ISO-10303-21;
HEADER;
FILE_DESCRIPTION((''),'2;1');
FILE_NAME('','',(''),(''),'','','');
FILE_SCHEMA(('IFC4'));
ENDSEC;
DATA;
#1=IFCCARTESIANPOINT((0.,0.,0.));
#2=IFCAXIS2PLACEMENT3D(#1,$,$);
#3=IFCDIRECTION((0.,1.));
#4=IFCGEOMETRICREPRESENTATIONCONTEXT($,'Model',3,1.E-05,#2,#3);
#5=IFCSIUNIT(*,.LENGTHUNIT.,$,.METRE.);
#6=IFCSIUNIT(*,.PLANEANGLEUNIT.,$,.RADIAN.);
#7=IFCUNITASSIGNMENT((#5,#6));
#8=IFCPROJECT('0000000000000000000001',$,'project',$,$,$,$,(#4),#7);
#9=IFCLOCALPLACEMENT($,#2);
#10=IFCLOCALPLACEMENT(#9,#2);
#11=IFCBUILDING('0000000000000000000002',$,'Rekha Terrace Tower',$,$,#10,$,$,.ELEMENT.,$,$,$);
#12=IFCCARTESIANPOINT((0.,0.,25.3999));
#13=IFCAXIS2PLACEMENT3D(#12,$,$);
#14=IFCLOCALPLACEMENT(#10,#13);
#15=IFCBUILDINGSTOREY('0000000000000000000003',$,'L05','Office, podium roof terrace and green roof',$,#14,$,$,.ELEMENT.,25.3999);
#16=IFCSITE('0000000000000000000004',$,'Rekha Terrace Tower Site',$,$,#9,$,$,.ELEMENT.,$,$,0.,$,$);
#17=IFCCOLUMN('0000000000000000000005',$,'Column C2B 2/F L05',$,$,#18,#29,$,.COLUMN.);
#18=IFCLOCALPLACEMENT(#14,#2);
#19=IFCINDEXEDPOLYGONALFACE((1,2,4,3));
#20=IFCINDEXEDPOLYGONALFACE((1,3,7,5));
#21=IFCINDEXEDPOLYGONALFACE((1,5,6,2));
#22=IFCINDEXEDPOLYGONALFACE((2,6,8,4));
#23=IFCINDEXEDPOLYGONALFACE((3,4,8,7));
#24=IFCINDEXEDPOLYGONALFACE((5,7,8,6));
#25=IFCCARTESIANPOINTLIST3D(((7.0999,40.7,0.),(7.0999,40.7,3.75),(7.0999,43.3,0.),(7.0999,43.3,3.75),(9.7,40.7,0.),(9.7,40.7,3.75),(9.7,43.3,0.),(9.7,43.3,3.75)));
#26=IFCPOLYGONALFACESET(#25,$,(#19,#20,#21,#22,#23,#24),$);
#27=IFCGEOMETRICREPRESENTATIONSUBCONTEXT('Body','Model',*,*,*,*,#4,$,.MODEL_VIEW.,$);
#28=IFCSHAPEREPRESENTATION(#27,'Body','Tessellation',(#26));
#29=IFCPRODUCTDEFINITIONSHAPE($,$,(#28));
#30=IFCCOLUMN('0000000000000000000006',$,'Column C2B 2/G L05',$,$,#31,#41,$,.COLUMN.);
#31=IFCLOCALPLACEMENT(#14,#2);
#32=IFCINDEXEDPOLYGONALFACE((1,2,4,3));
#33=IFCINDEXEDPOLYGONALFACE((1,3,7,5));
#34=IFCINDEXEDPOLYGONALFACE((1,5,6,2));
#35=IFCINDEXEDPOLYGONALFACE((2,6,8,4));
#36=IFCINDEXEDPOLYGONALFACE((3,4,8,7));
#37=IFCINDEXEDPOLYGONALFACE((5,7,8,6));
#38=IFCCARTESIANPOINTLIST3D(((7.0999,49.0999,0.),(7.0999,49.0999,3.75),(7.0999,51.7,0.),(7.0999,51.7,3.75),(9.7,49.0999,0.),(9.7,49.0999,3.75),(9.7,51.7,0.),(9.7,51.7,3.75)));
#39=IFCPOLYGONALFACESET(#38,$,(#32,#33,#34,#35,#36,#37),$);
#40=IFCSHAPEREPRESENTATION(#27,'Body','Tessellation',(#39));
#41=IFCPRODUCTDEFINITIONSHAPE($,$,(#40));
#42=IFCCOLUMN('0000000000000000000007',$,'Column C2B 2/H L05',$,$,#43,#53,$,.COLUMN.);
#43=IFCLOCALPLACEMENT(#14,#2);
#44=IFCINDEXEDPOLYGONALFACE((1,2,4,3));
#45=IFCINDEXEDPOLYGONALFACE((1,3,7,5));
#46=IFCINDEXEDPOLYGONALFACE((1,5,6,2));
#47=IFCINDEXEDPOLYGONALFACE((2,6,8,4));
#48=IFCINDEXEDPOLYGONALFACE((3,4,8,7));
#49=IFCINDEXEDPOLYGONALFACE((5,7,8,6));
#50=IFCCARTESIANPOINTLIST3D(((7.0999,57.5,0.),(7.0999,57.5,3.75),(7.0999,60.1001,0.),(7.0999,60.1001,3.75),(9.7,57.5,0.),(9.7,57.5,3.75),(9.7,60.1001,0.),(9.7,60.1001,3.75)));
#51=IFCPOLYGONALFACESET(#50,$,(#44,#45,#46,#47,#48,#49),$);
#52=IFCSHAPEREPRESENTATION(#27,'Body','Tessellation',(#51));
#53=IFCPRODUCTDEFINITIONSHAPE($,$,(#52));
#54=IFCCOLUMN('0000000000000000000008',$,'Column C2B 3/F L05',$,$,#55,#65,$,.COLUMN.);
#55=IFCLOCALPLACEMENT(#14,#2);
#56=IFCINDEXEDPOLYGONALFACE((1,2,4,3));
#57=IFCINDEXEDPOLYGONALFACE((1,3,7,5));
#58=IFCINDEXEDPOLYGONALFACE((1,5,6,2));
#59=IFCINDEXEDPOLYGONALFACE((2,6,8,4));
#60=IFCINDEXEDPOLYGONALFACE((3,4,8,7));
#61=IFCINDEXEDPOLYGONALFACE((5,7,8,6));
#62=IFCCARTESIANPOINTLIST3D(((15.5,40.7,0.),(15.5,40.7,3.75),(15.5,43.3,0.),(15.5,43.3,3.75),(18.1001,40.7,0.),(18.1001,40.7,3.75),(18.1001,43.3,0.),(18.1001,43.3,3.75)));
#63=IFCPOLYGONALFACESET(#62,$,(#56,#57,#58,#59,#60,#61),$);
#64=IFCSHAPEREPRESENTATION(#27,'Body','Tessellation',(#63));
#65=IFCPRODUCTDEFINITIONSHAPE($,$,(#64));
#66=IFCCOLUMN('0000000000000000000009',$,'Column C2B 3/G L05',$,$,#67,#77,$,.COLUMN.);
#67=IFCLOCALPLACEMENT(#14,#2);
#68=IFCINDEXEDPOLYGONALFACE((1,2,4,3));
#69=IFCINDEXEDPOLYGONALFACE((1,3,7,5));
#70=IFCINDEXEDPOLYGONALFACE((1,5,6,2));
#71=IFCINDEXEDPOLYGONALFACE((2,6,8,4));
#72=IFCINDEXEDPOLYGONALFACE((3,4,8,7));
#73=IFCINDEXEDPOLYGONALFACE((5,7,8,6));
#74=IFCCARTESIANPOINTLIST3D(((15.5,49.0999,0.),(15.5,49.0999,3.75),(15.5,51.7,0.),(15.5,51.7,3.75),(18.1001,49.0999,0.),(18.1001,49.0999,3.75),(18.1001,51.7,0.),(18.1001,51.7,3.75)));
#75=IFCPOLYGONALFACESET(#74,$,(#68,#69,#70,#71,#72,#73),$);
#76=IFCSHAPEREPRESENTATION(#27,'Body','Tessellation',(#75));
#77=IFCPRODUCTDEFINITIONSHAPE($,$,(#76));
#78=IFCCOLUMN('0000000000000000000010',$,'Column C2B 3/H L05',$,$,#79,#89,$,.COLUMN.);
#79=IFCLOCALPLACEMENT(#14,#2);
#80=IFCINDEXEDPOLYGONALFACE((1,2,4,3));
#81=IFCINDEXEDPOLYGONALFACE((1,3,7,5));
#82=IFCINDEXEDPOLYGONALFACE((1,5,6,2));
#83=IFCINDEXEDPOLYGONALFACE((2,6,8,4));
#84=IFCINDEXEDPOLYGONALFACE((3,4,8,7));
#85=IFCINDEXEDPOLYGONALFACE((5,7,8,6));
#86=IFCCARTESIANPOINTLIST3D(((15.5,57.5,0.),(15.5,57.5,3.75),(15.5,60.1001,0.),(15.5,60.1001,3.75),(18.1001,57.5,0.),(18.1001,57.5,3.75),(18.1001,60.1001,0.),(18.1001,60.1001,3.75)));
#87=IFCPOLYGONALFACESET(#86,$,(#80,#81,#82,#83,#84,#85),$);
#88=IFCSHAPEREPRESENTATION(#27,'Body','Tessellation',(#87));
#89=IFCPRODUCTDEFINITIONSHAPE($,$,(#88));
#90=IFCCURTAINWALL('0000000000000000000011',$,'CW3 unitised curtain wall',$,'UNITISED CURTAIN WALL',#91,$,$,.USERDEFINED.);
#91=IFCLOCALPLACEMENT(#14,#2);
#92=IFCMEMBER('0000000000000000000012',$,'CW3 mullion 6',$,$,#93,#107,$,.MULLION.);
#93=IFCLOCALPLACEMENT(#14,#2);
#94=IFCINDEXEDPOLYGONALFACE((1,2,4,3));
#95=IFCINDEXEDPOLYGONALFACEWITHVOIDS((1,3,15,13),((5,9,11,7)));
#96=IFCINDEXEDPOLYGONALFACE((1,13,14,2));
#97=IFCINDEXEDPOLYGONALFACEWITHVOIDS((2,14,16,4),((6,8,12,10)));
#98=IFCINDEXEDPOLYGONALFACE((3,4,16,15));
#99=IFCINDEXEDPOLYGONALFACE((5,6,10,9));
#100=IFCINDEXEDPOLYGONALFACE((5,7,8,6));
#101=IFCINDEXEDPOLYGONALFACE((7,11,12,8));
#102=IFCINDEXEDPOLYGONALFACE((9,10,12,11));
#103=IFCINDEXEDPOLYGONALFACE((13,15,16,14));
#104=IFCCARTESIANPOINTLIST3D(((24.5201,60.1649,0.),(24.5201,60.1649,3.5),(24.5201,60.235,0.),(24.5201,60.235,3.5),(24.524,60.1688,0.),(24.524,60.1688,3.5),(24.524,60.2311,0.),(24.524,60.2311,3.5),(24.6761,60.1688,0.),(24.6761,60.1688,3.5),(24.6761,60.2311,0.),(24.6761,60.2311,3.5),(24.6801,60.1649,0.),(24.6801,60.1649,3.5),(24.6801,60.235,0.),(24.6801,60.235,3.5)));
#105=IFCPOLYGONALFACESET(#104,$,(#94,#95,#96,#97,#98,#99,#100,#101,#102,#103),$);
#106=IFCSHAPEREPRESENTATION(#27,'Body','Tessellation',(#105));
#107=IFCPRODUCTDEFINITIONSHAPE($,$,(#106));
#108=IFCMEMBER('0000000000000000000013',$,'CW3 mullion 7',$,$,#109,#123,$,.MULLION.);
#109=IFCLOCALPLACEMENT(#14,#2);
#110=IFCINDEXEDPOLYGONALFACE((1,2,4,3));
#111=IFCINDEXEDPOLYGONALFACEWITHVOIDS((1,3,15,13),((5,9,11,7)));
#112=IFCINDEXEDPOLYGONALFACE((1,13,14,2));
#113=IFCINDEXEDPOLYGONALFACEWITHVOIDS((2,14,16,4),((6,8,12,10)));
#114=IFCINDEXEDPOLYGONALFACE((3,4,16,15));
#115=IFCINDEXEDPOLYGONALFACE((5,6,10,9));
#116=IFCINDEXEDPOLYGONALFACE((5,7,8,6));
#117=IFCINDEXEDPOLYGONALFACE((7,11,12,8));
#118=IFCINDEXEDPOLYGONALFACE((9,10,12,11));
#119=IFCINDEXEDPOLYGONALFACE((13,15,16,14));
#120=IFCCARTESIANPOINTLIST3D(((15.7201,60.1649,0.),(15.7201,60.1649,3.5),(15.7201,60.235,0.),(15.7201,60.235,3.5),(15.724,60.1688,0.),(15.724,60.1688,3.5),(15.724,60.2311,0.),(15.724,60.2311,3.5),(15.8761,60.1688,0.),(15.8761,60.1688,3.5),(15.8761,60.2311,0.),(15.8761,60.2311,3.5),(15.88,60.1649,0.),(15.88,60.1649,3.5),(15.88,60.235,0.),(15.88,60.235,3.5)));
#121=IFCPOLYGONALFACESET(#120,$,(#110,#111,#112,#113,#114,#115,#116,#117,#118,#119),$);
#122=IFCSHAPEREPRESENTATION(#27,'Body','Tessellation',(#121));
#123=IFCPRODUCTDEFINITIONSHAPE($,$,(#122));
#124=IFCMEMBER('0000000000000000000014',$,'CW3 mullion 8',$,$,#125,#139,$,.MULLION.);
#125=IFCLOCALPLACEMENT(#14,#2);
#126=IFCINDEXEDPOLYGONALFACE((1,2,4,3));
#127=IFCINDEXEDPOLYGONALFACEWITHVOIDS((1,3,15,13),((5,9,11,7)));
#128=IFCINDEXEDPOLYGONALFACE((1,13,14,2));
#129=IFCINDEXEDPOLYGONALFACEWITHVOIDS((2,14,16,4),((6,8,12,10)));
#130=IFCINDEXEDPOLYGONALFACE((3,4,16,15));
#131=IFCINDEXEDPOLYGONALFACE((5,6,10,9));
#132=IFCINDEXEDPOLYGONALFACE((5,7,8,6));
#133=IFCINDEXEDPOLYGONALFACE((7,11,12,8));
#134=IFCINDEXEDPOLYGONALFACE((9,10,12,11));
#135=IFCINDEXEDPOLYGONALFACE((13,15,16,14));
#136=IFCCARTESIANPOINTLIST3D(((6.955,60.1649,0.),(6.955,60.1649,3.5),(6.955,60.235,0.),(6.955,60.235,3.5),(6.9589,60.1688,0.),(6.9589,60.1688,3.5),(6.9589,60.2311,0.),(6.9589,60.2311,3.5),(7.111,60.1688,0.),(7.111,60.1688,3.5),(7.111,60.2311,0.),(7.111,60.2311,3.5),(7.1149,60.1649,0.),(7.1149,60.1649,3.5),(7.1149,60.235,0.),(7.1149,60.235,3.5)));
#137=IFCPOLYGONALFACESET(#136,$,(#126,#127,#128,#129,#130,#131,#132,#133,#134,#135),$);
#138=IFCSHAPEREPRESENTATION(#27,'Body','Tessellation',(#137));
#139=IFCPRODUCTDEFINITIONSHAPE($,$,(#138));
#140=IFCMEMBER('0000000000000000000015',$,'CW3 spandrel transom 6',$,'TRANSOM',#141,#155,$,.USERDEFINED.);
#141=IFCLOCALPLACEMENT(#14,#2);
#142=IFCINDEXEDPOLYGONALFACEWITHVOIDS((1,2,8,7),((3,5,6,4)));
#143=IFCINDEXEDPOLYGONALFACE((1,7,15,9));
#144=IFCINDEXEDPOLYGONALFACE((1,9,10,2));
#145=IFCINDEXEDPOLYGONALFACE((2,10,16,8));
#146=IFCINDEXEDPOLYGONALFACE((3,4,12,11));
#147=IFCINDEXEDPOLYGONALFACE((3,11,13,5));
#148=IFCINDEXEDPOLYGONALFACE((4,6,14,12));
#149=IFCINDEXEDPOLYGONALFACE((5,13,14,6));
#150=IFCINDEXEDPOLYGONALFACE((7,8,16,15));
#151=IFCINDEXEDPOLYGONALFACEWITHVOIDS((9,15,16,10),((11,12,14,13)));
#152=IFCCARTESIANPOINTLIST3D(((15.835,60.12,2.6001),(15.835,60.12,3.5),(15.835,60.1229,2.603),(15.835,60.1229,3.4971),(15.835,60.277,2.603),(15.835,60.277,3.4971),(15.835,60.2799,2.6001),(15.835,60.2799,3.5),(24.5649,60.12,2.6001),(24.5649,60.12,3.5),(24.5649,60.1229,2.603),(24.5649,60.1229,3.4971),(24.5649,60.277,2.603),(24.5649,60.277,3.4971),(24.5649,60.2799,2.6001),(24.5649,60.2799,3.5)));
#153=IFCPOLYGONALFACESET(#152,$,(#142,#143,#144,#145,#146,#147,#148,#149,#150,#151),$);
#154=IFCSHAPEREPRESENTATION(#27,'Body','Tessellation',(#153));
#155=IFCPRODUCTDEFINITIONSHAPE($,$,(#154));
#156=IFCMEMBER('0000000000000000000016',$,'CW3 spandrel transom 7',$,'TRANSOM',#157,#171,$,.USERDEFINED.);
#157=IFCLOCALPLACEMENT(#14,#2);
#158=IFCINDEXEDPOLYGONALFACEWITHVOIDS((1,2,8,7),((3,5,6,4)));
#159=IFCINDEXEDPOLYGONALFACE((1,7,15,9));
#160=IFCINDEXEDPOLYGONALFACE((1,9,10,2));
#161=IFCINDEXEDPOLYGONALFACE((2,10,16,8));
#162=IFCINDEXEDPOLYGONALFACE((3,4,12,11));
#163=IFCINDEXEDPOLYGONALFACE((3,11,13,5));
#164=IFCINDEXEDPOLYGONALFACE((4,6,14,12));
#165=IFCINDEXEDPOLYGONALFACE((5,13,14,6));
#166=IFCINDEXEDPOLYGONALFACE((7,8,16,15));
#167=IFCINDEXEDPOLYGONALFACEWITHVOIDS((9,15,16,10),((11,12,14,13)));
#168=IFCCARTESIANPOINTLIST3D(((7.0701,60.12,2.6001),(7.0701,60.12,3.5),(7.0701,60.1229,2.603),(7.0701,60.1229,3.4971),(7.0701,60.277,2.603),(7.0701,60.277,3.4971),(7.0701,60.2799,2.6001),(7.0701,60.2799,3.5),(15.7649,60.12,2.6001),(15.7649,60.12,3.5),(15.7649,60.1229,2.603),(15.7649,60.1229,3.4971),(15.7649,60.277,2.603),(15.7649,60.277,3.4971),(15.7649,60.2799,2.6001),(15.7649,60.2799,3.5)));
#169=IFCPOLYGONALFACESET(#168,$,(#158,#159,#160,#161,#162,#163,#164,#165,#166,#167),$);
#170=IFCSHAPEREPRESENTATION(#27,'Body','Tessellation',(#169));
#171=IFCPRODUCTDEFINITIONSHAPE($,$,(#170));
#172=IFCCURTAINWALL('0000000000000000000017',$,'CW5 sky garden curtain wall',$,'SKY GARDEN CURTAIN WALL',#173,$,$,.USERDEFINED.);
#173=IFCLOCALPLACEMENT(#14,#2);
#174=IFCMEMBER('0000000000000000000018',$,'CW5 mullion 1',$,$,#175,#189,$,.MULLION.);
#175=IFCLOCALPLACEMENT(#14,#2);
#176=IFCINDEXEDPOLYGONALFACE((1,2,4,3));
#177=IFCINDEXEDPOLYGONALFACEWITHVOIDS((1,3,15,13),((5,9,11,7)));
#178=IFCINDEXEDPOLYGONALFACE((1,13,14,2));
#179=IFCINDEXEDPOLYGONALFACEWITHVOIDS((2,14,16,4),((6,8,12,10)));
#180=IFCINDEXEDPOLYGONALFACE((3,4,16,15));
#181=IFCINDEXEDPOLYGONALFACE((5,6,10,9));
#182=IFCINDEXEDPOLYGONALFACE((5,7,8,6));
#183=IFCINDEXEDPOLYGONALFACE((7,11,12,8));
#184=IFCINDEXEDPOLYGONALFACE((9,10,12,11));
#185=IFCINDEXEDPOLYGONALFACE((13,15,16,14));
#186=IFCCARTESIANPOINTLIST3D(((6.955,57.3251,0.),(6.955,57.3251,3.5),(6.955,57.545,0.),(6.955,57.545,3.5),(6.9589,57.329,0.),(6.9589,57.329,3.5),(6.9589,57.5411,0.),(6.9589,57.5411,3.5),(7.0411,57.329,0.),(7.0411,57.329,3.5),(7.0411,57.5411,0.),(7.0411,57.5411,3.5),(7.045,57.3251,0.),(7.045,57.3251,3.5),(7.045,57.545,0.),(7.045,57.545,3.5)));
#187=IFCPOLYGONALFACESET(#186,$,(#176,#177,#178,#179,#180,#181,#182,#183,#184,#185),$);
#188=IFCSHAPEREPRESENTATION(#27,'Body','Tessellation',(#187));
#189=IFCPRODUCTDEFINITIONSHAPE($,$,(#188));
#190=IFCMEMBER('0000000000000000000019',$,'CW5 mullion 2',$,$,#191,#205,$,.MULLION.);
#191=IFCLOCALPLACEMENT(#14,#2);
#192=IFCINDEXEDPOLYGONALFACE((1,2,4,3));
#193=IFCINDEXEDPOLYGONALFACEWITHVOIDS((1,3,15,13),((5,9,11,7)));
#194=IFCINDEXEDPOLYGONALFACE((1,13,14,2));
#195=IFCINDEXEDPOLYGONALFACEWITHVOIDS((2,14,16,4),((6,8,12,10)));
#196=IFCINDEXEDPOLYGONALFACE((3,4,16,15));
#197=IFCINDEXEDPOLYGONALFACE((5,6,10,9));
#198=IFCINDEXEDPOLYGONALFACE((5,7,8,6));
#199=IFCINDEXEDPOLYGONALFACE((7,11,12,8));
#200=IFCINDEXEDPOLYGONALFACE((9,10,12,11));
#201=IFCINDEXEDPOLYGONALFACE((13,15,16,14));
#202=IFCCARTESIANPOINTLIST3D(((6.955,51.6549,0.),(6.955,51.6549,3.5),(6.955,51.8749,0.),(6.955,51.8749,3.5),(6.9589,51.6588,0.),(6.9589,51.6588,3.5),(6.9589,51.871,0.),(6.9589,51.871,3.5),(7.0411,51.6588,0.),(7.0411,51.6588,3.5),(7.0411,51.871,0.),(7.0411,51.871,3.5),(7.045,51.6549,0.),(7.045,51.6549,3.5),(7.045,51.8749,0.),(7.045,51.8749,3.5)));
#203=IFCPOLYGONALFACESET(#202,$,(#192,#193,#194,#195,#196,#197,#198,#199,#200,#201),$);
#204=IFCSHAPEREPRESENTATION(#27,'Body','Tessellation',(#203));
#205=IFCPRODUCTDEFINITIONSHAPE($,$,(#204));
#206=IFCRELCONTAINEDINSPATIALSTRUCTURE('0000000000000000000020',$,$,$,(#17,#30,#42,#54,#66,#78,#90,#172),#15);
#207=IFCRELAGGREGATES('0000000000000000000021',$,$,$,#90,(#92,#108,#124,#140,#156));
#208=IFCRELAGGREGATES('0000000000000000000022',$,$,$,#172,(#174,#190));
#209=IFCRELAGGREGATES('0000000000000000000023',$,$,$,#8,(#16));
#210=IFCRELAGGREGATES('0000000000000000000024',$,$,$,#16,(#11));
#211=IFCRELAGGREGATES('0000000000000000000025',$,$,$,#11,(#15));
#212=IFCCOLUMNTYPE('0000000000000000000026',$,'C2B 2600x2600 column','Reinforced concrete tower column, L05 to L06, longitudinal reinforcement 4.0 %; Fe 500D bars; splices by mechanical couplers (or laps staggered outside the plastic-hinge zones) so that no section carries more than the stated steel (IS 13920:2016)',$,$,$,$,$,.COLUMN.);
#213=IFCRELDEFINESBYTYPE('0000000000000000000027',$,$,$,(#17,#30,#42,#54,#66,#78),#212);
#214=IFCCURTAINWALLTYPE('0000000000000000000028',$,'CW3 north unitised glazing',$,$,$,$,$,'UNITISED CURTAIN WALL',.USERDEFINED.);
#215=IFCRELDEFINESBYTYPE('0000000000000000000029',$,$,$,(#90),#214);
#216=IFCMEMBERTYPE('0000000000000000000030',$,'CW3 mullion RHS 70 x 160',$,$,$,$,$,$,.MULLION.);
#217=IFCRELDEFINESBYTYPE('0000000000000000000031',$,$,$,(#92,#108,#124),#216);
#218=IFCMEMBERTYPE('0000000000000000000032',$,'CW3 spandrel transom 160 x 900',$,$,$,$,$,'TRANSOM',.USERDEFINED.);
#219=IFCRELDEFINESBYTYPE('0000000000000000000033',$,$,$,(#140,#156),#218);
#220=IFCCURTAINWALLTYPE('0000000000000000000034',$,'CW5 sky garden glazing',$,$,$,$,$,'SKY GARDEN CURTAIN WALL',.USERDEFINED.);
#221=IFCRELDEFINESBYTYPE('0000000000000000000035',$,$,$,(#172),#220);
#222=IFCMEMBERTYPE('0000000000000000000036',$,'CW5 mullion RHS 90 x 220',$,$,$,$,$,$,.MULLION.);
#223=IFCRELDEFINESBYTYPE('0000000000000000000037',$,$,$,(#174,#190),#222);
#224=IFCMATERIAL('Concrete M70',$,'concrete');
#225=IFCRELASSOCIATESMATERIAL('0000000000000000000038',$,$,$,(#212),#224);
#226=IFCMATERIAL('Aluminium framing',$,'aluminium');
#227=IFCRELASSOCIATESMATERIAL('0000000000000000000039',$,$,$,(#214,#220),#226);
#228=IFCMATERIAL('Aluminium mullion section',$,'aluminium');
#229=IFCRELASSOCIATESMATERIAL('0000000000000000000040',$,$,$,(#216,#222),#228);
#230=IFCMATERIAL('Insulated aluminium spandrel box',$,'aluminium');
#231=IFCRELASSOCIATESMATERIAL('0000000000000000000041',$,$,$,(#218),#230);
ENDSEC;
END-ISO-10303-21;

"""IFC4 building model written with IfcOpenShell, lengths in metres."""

from ifc_helpers import new_model, si_unit, direction, frame, origin, origin_2d, place, context, subcontext, project, spatial, rectangle, hollow_rectangle, extrude, material, material_profile, profile_set, type_object, element, aggregate, save


model = new_model("IFC4")

# Units and contexts
model_context = context("Model", 3, precision=1e-05, world=origin(), true_north=direction((0.0, 1.0)))
body_context = subcontext(model_context, "Body", "Model", "MODEL_VIEW")
ifc_project = project(units=[si_unit("LENGTHUNIT", "METRE"), si_unit("PLANEANGLEUNIT", "RADIAN")], contexts=[model_context])

# Site, building, storey
site_placement = place(None, origin())
site = spatial("IfcSite", under=ifc_project, at=site_placement, Name="Rekha Terrace Tower Site", CompositionType="ELEMENT", RefElevation=0.0)
building_placement = place(site_placement, origin())
building = spatial("IfcBuilding", under=site, at=building_placement, Name="Rekha Terrace Tower", CompositionType="ELEMENT")
storey_placement = place(building_placement, frame((0.0, 0.0, 25.3999)))
storey = spatial("IfcBuildingStorey", under=building, at=storey_placement, Name="L05", Description="Office, podium roof terrace and green roof", CompositionType="ELEMENT", Elevation=25.3999)

# Columns
ifc_material_1 = material(Name="Concrete M70", Category="concrete")
ifc_material_profile_1 = material_profile(ifc_material_1, rectangle(XDim=2.6001, YDim=2.6001, at=origin_2d()), Name="RC 2600x2600")
ifc_profile_set_1 = profile_set([ifc_material_profile_1], Name="Concrete M70")
column_type = type_object("IfcColumnType", Name="C2B 2600x2600 column", Description="Reinforced concrete tower column, L05 to L06, longitudinal reinforcement 4.0 %; Fe 500D bars; splices by mechanical couplers (or laps staggered outside the plastic-hinge zones) so that no section carries more than the stated steel (IS 13920:2016)", PredefinedType="COLUMN", material=ifc_profile_set_1)
for number, where, z_axis, x_axis, name in (
    (1, (8.3999, 42.0, 0.0), (0.0, 0.0, 1.0), (1.0, 0.0, 0.0), "Column C2B 2/F L05"),
    (2, (8.3999, 50.3999, 0.0), (0.0, 0.0, 1.0), (1.0, 0.0, 0.0), "Column C2B 2/G L05"),
    (3, (8.3999, 58.8, 0.0), (0.0, 0.0, 1.0), (1.0, 0.0, 0.0), "Column C2B 2/H L05"),
    (4, (16.8, 42.0, 0.0), (0.0, 0.0, 1.0), (1.0, 0.0, 0.0), "Column C2B 3/F L05"),
    (5, (16.8, 50.3999, 0.0), (0.0, 0.0, 1.0), (1.0, 0.0, 0.0), "Column C2B 3/G L05"),
    (6, (16.8, 58.8, 0.0), (0.0, 0.0, 1.0), (1.0, 0.0, 0.0), "Column C2B 3/H L05"),
):
    element("IfcColumn", number, at=place(storey_placement, frame(where, z_axis=z_axis, x_axis=x_axis)), inside=storey, type_object=column_type, Name=name, PredefinedType="COLUMN", context=body_context, shape_type="SweptSolid", body=[
        extrude(rectangle(XDim=2.6001, YDim=2.6001, at=origin_2d()), origin(), (0.0, 0.0, 1.0), 3.75),
    ])

# Curtain walls, members
ifc_material_2 = material(Name="Aluminium framing", Category="aluminium")
curtain_wall_type_1 = type_object("IfcCurtainWallType", Name="CW3 north unitised glazing", ElementType="UNITISED CURTAIN WALL", PredefinedType="USERDEFINED", material=ifc_material_2)
curtain_wall_1_placement = place(storey_placement, origin())
curtain_wall_1 = element("IfcCurtainWall", 7, at=curtain_wall_1_placement, inside=storey, type_object=curtain_wall_type_1, Name="CW3 unitised curtain wall", ObjectType="UNITISED CURTAIN WALL", PredefinedType="USERDEFINED")
ifc_material_3 = material(Name="Aluminium mullion section", Category="aluminium")
ifc_material_profile_2 = material_profile(ifc_material_3, hollow_rectangle(XDim=0.0701, YDim=0.1599, WallThickness=0.0039, at=origin_2d()), Name="AL RHS 70x160")
ifc_profile_set_2 = profile_set([ifc_material_profile_2], Name="Aluminium mullion section")
member_type_1 = type_object("IfcMemberType", Name="CW3 mullion RHS 70 x 160", PredefinedType="MULLION", material=ifc_profile_set_2)
member_1_placement = place(storey_placement, frame((24.6001, 60.2, 0.0), z_axis=(0.0, 0.0, 1.0), x_axis=(0.0, -1.0, 0.0)))
member_1 = element("IfcMember", 8, at=member_1_placement, type_object=member_type_1, Name="CW3 mullion 6", PredefinedType="MULLION", context=body_context, shape_type="SweptSolid", body=[
    extrude(hollow_rectangle(XDim=0.0701, YDim=0.1599, WallThickness=0.0039, at=origin_2d()), origin(), (0.0, 0.0, 1.0), 3.5),
])
member_2_placement = place(storey_placement, frame((15.8, 60.2, 0.0), z_axis=(0.0, 0.0, 1.0), x_axis=(0.0, -1.0, 0.0)))
member_2 = element("IfcMember", 9, at=member_2_placement, type_object=member_type_1, Name="CW3 mullion 7", PredefinedType="MULLION", context=body_context, shape_type="SweptSolid", body=[
    extrude(hollow_rectangle(XDim=0.0701, YDim=0.1599, WallThickness=0.0039, at=origin_2d()), origin(), (0.0, 0.0, 1.0), 3.5),
])
member_3_placement = place(storey_placement, frame((7.0349, 60.2, 0.0), z_axis=(0.0, 0.0, 1.0), x_axis=(0.0, -1.0, 0.0)))
member_3 = element("IfcMember", 10, at=member_3_placement, type_object=member_type_1, Name="CW3 mullion 8", PredefinedType="MULLION", context=body_context, shape_type="SweptSolid", body=[
    extrude(hollow_rectangle(XDim=0.0701, YDim=0.1599, WallThickness=0.0039, at=origin_2d()), origin(), (0.0, 0.0, 1.0), 3.5),
])
ifc_material_4 = material(Name="Insulated aluminium spandrel box", Category="aluminium")
ifc_material_profile_3 = material_profile(ifc_material_4, hollow_rectangle(XDim=0.1599, YDim=0.8999, WallThickness=0.0029, at=origin_2d()), Name="AL SPANDREL BOX 160x900")
ifc_profile_set_3 = profile_set([ifc_material_profile_3], Name="Insulated aluminium spandrel box")
member_type_2 = type_object("IfcMemberType", Name="CW3 spandrel transom 160 x 900", ElementType="TRANSOM", PredefinedType="USERDEFINED", material=ifc_profile_set_3)
member_4_placement = place(storey_placement, frame((24.5649, 60.2, 3.05), z_axis=(-1.0, 0.0, 0.0), x_axis=(0.0, -1.0, 0.0)))
member_4 = element("IfcMember", 11, at=member_4_placement, type_object=member_type_2, Name="CW3 spandrel transom 6", ObjectType="TRANSOM", PredefinedType="USERDEFINED", context=body_context, shape_type="SweptSolid", body=[
    extrude(hollow_rectangle(XDim=0.1599, YDim=0.8999, WallThickness=0.0029, at=origin_2d()), origin(), (0.0, 0.0, 1.0), 8.73),
])
member_5_placement = place(storey_placement, frame((15.7649, 60.2, 3.05), z_axis=(-1.0, 0.0, 0.0), x_axis=(0.0, -1.0, 0.0)))
member_5 = element("IfcMember", 12, at=member_5_placement, type_object=member_type_2, Name="CW3 spandrel transom 7", ObjectType="TRANSOM", PredefinedType="USERDEFINED", context=body_context, shape_type="SweptSolid", body=[
    extrude(hollow_rectangle(XDim=0.1599, YDim=0.8999, WallThickness=0.0029, at=origin_2d()), origin(), (0.0, 0.0, 1.0), 8.6948),
])
curtain_wall_type_2 = type_object("IfcCurtainWallType", Name="CW5 sky garden glazing", ElementType="SKY GARDEN CURTAIN WALL", PredefinedType="USERDEFINED", material=ifc_material_2)
curtain_wall_2_placement = place(storey_placement, origin())
curtain_wall_2 = element("IfcCurtainWall", 13, at=curtain_wall_2_placement, inside=storey, type_object=curtain_wall_type_2, Name="CW5 sky garden curtain wall", ObjectType="SKY GARDEN CURTAIN WALL", PredefinedType="USERDEFINED")
ifc_material_profile_4 = material_profile(ifc_material_3, hollow_rectangle(XDim=0.0901, YDim=0.22, WallThickness=0.0039, at=origin_2d()), Name="AL RHS 90x220")
ifc_profile_set_4 = profile_set([ifc_material_profile_4], Name="Aluminium mullion section")
member_type_3 = type_object("IfcMemberType", Name="CW5 mullion RHS 90 x 220", PredefinedType="MULLION", material=ifc_profile_set_4)
member_6_placement = place(storey_placement, frame((7.0, 57.4351, 0.0), z_axis=(0.0, 0.0, 1.0), x_axis=(1.0, 0.0, 0.0)))
member_6 = element("IfcMember", 14, at=member_6_placement, type_object=member_type_3, Name="CW5 mullion 1", PredefinedType="MULLION", context=body_context, shape_type="SweptSolid", body=[
    extrude(hollow_rectangle(XDim=0.0901, YDim=0.22, WallThickness=0.0039, at=origin_2d()), origin(), (0.0, 0.0, 1.0), 3.5),
])
member_7_placement = place(storey_placement, frame((7.0, 51.7649, 0.0), z_axis=(0.0, 0.0, 1.0), x_axis=(1.0, 0.0, 0.0)))
member_7 = element("IfcMember", 15, at=member_7_placement, type_object=member_type_3, Name="CW5 mullion 2", PredefinedType="MULLION", context=body_context, shape_type="SweptSolid", body=[
    extrude(hollow_rectangle(XDim=0.0901, YDim=0.22, WallThickness=0.0039, at=origin_2d()), origin(), (0.0, 0.0, 1.0), 3.5),
])

aggregate(curtain_wall_1, [member_1, member_2, member_3, member_4, member_5])
aggregate(curtain_wall_2, [member_6, member_7])

save(model, "model.ifc")
